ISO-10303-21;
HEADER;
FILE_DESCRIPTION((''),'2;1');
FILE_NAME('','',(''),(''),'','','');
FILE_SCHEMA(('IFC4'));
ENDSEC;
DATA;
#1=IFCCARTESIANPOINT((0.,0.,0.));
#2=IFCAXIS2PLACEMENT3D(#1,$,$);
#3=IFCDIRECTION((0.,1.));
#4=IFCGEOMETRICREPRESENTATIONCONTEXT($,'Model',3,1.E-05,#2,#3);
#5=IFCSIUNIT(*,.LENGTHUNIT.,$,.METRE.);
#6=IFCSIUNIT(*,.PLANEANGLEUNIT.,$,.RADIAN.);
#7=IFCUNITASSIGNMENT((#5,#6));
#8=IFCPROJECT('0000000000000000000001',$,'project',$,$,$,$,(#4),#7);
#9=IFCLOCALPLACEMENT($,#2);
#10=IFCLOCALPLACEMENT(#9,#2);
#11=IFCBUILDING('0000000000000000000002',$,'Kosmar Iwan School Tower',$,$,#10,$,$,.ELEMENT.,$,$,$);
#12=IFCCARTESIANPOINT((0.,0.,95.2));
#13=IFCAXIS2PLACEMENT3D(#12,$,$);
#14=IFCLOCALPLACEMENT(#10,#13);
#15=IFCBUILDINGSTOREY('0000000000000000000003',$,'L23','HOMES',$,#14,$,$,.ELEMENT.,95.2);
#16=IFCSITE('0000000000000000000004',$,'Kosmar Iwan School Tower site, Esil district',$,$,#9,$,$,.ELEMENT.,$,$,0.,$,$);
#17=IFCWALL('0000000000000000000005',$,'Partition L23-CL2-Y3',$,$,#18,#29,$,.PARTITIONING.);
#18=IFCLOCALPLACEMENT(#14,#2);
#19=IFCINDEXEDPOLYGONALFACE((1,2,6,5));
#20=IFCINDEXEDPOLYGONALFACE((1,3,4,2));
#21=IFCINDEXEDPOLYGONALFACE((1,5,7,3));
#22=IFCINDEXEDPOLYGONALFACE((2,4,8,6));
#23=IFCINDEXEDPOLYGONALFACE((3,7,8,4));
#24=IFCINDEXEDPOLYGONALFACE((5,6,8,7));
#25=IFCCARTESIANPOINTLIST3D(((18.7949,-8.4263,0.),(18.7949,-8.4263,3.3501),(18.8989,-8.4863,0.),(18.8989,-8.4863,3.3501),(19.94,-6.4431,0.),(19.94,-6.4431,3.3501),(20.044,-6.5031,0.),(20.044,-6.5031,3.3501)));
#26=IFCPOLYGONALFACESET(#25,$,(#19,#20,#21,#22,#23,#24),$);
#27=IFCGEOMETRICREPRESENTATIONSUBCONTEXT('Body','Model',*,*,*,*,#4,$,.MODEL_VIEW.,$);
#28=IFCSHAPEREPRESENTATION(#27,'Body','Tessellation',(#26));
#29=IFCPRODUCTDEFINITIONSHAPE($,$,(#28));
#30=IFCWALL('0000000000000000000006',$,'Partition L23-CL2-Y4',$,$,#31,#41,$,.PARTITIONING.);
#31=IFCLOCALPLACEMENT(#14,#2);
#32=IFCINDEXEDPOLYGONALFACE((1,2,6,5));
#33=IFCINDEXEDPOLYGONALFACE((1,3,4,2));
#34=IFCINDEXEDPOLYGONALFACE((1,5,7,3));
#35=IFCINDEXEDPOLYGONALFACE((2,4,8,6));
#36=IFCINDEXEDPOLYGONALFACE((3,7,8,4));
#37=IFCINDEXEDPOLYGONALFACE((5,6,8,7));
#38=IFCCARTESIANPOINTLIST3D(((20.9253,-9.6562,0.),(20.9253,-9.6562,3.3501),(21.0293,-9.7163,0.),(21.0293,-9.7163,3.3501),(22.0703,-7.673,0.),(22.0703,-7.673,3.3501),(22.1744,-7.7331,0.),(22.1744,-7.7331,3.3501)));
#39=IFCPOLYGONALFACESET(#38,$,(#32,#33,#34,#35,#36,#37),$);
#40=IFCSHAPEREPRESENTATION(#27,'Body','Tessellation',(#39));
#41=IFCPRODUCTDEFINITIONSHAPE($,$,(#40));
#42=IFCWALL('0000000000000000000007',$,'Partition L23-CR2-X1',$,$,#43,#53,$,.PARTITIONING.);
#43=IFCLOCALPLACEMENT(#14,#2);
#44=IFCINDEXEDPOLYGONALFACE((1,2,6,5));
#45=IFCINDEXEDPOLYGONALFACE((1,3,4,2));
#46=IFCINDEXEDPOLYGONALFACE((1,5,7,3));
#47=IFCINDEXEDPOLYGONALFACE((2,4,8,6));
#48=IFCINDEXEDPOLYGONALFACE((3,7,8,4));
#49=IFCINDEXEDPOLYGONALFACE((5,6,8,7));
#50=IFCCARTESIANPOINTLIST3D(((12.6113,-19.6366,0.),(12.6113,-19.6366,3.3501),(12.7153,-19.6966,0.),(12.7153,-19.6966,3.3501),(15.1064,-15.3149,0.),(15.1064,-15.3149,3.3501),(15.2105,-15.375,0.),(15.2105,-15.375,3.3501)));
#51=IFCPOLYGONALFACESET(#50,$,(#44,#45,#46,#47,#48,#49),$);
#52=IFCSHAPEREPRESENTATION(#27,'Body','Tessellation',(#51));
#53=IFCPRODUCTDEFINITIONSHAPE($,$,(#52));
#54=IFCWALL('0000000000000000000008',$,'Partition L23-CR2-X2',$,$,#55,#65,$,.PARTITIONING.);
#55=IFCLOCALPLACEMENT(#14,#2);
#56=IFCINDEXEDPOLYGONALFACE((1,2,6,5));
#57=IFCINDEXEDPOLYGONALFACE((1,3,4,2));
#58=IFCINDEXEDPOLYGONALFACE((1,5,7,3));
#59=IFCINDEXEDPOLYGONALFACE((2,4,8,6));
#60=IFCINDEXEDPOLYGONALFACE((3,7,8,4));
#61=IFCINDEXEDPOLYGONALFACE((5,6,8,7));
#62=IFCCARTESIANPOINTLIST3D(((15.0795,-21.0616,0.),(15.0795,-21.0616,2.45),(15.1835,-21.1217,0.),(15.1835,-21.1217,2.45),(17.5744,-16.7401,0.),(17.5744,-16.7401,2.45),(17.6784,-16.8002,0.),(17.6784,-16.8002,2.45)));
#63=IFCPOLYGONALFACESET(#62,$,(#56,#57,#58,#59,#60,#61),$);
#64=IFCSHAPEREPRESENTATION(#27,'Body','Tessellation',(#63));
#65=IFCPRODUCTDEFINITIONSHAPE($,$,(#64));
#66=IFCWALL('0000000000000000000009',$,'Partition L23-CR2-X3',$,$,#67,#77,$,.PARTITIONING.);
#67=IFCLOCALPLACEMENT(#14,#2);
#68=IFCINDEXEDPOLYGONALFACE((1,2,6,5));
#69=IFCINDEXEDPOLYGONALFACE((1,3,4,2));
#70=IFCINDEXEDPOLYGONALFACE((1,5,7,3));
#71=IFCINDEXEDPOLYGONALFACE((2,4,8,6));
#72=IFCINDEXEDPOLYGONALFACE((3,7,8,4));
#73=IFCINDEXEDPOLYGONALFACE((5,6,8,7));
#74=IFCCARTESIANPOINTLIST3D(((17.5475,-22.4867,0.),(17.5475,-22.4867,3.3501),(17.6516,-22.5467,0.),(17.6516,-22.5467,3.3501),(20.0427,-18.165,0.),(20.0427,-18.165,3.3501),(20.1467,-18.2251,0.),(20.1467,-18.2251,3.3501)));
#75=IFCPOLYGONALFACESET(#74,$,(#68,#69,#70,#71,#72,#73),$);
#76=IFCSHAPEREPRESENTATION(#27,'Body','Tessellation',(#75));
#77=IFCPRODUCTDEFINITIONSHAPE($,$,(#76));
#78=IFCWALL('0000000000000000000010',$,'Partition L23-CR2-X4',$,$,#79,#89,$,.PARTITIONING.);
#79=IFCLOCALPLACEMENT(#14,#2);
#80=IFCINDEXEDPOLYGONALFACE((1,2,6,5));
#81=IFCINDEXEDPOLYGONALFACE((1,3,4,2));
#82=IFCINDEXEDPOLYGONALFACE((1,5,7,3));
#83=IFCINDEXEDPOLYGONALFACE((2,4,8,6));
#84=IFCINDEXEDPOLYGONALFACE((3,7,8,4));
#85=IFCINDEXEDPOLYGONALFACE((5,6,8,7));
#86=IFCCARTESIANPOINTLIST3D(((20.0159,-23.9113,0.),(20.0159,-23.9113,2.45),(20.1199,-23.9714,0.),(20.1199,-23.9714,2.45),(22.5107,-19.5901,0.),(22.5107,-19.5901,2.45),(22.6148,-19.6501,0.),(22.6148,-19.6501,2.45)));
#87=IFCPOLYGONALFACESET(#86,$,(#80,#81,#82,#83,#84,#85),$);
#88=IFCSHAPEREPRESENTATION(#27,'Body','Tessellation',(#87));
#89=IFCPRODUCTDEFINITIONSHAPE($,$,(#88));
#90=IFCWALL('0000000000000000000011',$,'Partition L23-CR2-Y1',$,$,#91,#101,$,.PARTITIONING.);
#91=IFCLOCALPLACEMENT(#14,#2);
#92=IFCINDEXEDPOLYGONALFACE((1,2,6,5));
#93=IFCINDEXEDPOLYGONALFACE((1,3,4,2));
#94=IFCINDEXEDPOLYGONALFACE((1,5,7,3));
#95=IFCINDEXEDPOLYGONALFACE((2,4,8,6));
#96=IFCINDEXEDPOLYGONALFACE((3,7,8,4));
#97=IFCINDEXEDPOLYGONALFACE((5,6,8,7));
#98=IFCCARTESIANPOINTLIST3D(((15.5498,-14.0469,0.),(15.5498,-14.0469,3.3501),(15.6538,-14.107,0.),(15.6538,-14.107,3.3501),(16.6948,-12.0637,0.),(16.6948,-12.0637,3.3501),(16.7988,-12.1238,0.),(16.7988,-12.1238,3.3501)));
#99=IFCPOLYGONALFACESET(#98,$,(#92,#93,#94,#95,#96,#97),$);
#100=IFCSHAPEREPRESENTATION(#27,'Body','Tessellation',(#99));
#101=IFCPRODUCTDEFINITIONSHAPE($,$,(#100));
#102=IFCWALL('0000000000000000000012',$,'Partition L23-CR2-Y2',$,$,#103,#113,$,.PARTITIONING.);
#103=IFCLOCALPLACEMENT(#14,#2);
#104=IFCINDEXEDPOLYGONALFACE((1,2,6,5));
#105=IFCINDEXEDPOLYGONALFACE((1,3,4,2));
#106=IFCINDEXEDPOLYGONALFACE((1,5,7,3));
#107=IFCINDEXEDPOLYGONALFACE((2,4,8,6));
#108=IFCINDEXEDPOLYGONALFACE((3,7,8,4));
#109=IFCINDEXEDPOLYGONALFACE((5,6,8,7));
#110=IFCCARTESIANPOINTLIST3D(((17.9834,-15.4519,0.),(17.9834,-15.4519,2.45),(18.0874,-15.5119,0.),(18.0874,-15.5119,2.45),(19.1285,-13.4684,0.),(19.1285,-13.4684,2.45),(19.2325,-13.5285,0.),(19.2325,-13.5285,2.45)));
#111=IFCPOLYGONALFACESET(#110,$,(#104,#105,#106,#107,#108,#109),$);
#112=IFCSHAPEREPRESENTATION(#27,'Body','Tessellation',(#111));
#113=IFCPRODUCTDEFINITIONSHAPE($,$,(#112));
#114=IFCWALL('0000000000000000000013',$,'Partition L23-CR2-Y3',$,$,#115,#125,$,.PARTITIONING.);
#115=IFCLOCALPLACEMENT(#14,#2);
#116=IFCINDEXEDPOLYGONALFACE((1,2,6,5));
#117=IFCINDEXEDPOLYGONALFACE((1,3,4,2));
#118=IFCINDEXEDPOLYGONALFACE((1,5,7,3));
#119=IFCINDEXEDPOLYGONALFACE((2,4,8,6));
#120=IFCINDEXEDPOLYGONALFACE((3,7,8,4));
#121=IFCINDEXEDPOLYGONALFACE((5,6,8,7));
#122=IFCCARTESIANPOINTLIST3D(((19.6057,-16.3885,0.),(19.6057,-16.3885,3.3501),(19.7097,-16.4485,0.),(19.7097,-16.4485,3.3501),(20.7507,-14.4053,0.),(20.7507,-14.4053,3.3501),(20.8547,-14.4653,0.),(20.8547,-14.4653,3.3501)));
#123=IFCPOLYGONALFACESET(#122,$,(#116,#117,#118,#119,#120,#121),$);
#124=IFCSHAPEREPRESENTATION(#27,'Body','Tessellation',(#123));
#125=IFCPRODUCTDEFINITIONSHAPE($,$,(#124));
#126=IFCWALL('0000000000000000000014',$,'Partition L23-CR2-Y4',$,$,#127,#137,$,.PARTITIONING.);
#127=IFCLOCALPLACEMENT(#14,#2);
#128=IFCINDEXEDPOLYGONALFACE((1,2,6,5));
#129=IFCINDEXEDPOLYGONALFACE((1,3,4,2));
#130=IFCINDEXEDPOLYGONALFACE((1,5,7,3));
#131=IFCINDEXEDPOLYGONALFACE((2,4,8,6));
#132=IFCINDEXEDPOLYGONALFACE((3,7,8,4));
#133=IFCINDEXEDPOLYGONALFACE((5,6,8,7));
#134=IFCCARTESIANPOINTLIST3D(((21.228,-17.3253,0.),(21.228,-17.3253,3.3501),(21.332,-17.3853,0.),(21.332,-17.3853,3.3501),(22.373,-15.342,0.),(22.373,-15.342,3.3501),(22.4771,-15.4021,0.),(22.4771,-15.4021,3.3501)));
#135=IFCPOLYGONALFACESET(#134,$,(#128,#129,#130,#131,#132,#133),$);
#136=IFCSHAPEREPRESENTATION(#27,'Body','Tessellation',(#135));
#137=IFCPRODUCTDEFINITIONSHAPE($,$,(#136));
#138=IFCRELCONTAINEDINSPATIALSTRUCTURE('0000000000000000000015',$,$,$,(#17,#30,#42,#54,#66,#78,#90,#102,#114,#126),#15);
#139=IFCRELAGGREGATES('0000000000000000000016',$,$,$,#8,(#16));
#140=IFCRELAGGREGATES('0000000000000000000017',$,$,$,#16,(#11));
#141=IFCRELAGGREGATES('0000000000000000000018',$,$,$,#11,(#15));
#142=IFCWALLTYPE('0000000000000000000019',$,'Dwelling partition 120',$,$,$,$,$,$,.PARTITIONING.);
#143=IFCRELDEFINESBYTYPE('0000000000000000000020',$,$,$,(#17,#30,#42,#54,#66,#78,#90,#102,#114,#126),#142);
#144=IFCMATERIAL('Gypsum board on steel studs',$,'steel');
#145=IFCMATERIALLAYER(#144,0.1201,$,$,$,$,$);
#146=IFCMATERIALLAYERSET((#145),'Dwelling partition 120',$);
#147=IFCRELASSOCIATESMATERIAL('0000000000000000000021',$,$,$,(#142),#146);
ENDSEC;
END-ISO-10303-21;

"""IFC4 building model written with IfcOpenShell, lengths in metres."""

from ifc_helpers import new_model, si_unit, direction, frame, frame_2d, origin, place, context, subcontext, project, spatial, rectangle, extrude, material, layer, layer_set, type_object, element, save


model = new_model("IFC4")

# Units and contexts
model_context = context("Model", 3, precision=1e-05, world=origin(), true_north=direction((0.0, 1.0)))
body_context = subcontext(model_context, "Body", "Model", "MODEL_VIEW")
ifc_project = project(units=[si_unit("LENGTHUNIT", "METRE"), si_unit("PLANEANGLEUNIT", "RADIAN")], contexts=[model_context])

# Site, building, storey
site_placement = place(None, origin())
site = spatial("IfcSite", under=ifc_project, at=site_placement, Name="Kosmar Iwan School Tower site, Esil district", CompositionType="ELEMENT", RefElevation=0.0)
building_placement = place(site_placement, origin())
building = spatial("IfcBuilding", under=site, at=building_placement, Name="Kosmar Iwan School Tower", CompositionType="ELEMENT")
storey_placement = place(building_placement, frame((0.0, 0.0, 95.2)))
storey = spatial("IfcBuildingStorey", under=building, at=storey_placement, Name="L23", Description="HOMES", CompositionType="ELEMENT", Elevation=95.2)

# Walls
ifc_material_1 = material(Name="Gypsum board on steel studs", Category="steel")
ifc_layer_1 = layer(ifc_material_1, 0.1201)
ifc_layer_set_1 = layer_set([ifc_layer_1], Name="Dwelling partition 120")
wall_type_1 = type_object("IfcWallType", Name="Dwelling partition 120", PredefinedType="PARTITIONING", material=ifc_layer_set_1)
for number, where, z_axis, x_axis, name in (
    (1, (18.8469, -8.4563, 0.0), (0.0, 0.0, 1.0), (0.500015, 0.866017, 0.0), "Partition L23-CL2-Y3"),
    (2, (20.9773, -9.6863, 0.0), (0.0, 0.0, 1.0), (0.500015, 0.866017, 0.0), "Partition L23-CL2-Y4"),
):
    element("IfcWall", number, at=place(storey_placement, frame(where, z_axis=z_axis, x_axis=x_axis)), inside=storey, type_object=wall_type_1, Name=name, PredefinedType="PARTITIONING", context=body_context, shape_type="SweptSolid", body=[
        extrude(rectangle(XDim=2.29, YDim=0.1201, at=frame_2d((1.145, 0.0))), origin(), (0.0, 0.0, 1.0), 3.3501),
    ])
wall_1_placement = place(storey_placement, frame((15.1584, -15.345, 0.0), z_axis=(0.0, 0.0, 1.0), x_axis=(-0.500012, -0.866019, 0.0)))
element("IfcWall", 3, at=wall_1_placement, inside=storey, type_object=wall_type_1, Name="Partition L23-CR2-X1", PredefinedType="PARTITIONING", context=body_context, shape_type="SweptSolid", body=[
    extrude(rectangle(XDim=4.9902, YDim=0.1201, at=frame_2d((2.4951, 0.0))), origin(), (0.0, 0.0, 1.0), 3.3501),
])
wall_2_placement = place(storey_placement, frame((17.6265, -16.77, 0.0), z_axis=(0.0, 0.0, 1.0), x_axis=(-0.499975, -0.86604, 0.0)))
element("IfcWall", 4, at=wall_2_placement, inside=storey, type_object=wall_type_1, Name="Partition L23-CR2-X2", PredefinedType="PARTITIONING", context=body_context, shape_type="SweptSolid", body=[
    extrude(rectangle(XDim=4.99, YDim=0.1201, at=frame_2d((2.4951, 0.0))), origin(), (0.0, 0.0, 1.0), 2.45),
])
wall_3_placement = place(storey_placement, frame((20.0947, -18.1951, 0.0), z_axis=(0.0, 0.0, 1.0), x_axis=(-0.500012, -0.866019, 0.0)))
element("IfcWall", 5, at=wall_3_placement, inside=storey, type_object=wall_type_1, Name="Partition L23-CR2-X3", PredefinedType="PARTITIONING", context=body_context, shape_type="SweptSolid", body=[
    extrude(rectangle(XDim=4.9902, YDim=0.1201, at=frame_2d((2.4951, 0.0))), origin(), (0.0, 0.0, 1.0), 3.3501),
])
wall_4_placement = place(storey_placement, frame((22.5627, -19.6201, 0.0), z_axis=(0.0, 0.0, 1.0), x_axis=(-0.499996, -0.866028, 0.0)))
element("IfcWall", 6, at=wall_4_placement, inside=storey, type_object=wall_type_1, Name="Partition L23-CR2-X4", PredefinedType="PARTITIONING", context=body_context, shape_type="SweptSolid", body=[
    extrude(rectangle(XDim=4.9897, YDim=0.1201, at=frame_2d((2.4949, 0.0))), origin(), (0.0, 0.0, 1.0), 2.45),
])
wall_5_placement = place(storey_placement, frame((16.7468, -12.0938, 0.0), z_axis=(0.0, 0.0, 1.0), x_axis=(-0.500015, -0.866017, 0.0)))
element("IfcWall", 7, at=wall_5_placement, inside=storey, type_object=wall_type_1, Name="Partition L23-CR2-Y1", PredefinedType="PARTITIONING", context=body_context, shape_type="SweptSolid", body=[
    extrude(rectangle(XDim=2.29, YDim=0.1201, at=frame_2d((1.145, 0.0))), origin(), (0.0, 0.0, 1.0), 3.3501),
])
wall_6_placement = place(storey_placement, frame((19.1804, -13.4985, 0.0), z_axis=(0.0, 0.0, 1.0), x_axis=(-0.499969, -0.866044, 0.0)))
element("IfcWall", 8, at=wall_6_placement, inside=storey, type_object=wall_type_1, Name="Partition L23-CR2-Y2", PredefinedType="PARTITIONING", context=body_context, shape_type="SweptSolid", body=[
    extrude(rectangle(XDim=2.2903, YDim=0.1201, at=frame_2d((1.145, 0.0))), origin(), (0.0, 0.0, 1.0), 2.45),
])
for number, where, z_axis, x_axis, name in (
    (9, (20.8027, -14.4353, 0.0), (0.0, 0.0, 1.0), (-0.500015, -0.866017, 0.0), "Partition L23-CR2-Y3"),
    (10, (22.425, -15.3721, 0.0), (0.0, 0.0, 1.0), (-0.500015, -0.866017, 0.0), "Partition L23-CR2-Y4"),
):
    element("IfcWall", number, at=place(storey_placement, frame(where, z_axis=z_axis, x_axis=x_axis)), inside=storey, type_object=wall_type_1, Name=name, PredefinedType="PARTITIONING", context=body_context, shape_type="SweptSolid", body=[
        extrude(rectangle(XDim=2.29, YDim=0.1201, at=frame_2d((1.145, 0.0))), origin(), (0.0, 0.0, 1.0), 3.3501),
    ])

save(model, "model.ifc")
